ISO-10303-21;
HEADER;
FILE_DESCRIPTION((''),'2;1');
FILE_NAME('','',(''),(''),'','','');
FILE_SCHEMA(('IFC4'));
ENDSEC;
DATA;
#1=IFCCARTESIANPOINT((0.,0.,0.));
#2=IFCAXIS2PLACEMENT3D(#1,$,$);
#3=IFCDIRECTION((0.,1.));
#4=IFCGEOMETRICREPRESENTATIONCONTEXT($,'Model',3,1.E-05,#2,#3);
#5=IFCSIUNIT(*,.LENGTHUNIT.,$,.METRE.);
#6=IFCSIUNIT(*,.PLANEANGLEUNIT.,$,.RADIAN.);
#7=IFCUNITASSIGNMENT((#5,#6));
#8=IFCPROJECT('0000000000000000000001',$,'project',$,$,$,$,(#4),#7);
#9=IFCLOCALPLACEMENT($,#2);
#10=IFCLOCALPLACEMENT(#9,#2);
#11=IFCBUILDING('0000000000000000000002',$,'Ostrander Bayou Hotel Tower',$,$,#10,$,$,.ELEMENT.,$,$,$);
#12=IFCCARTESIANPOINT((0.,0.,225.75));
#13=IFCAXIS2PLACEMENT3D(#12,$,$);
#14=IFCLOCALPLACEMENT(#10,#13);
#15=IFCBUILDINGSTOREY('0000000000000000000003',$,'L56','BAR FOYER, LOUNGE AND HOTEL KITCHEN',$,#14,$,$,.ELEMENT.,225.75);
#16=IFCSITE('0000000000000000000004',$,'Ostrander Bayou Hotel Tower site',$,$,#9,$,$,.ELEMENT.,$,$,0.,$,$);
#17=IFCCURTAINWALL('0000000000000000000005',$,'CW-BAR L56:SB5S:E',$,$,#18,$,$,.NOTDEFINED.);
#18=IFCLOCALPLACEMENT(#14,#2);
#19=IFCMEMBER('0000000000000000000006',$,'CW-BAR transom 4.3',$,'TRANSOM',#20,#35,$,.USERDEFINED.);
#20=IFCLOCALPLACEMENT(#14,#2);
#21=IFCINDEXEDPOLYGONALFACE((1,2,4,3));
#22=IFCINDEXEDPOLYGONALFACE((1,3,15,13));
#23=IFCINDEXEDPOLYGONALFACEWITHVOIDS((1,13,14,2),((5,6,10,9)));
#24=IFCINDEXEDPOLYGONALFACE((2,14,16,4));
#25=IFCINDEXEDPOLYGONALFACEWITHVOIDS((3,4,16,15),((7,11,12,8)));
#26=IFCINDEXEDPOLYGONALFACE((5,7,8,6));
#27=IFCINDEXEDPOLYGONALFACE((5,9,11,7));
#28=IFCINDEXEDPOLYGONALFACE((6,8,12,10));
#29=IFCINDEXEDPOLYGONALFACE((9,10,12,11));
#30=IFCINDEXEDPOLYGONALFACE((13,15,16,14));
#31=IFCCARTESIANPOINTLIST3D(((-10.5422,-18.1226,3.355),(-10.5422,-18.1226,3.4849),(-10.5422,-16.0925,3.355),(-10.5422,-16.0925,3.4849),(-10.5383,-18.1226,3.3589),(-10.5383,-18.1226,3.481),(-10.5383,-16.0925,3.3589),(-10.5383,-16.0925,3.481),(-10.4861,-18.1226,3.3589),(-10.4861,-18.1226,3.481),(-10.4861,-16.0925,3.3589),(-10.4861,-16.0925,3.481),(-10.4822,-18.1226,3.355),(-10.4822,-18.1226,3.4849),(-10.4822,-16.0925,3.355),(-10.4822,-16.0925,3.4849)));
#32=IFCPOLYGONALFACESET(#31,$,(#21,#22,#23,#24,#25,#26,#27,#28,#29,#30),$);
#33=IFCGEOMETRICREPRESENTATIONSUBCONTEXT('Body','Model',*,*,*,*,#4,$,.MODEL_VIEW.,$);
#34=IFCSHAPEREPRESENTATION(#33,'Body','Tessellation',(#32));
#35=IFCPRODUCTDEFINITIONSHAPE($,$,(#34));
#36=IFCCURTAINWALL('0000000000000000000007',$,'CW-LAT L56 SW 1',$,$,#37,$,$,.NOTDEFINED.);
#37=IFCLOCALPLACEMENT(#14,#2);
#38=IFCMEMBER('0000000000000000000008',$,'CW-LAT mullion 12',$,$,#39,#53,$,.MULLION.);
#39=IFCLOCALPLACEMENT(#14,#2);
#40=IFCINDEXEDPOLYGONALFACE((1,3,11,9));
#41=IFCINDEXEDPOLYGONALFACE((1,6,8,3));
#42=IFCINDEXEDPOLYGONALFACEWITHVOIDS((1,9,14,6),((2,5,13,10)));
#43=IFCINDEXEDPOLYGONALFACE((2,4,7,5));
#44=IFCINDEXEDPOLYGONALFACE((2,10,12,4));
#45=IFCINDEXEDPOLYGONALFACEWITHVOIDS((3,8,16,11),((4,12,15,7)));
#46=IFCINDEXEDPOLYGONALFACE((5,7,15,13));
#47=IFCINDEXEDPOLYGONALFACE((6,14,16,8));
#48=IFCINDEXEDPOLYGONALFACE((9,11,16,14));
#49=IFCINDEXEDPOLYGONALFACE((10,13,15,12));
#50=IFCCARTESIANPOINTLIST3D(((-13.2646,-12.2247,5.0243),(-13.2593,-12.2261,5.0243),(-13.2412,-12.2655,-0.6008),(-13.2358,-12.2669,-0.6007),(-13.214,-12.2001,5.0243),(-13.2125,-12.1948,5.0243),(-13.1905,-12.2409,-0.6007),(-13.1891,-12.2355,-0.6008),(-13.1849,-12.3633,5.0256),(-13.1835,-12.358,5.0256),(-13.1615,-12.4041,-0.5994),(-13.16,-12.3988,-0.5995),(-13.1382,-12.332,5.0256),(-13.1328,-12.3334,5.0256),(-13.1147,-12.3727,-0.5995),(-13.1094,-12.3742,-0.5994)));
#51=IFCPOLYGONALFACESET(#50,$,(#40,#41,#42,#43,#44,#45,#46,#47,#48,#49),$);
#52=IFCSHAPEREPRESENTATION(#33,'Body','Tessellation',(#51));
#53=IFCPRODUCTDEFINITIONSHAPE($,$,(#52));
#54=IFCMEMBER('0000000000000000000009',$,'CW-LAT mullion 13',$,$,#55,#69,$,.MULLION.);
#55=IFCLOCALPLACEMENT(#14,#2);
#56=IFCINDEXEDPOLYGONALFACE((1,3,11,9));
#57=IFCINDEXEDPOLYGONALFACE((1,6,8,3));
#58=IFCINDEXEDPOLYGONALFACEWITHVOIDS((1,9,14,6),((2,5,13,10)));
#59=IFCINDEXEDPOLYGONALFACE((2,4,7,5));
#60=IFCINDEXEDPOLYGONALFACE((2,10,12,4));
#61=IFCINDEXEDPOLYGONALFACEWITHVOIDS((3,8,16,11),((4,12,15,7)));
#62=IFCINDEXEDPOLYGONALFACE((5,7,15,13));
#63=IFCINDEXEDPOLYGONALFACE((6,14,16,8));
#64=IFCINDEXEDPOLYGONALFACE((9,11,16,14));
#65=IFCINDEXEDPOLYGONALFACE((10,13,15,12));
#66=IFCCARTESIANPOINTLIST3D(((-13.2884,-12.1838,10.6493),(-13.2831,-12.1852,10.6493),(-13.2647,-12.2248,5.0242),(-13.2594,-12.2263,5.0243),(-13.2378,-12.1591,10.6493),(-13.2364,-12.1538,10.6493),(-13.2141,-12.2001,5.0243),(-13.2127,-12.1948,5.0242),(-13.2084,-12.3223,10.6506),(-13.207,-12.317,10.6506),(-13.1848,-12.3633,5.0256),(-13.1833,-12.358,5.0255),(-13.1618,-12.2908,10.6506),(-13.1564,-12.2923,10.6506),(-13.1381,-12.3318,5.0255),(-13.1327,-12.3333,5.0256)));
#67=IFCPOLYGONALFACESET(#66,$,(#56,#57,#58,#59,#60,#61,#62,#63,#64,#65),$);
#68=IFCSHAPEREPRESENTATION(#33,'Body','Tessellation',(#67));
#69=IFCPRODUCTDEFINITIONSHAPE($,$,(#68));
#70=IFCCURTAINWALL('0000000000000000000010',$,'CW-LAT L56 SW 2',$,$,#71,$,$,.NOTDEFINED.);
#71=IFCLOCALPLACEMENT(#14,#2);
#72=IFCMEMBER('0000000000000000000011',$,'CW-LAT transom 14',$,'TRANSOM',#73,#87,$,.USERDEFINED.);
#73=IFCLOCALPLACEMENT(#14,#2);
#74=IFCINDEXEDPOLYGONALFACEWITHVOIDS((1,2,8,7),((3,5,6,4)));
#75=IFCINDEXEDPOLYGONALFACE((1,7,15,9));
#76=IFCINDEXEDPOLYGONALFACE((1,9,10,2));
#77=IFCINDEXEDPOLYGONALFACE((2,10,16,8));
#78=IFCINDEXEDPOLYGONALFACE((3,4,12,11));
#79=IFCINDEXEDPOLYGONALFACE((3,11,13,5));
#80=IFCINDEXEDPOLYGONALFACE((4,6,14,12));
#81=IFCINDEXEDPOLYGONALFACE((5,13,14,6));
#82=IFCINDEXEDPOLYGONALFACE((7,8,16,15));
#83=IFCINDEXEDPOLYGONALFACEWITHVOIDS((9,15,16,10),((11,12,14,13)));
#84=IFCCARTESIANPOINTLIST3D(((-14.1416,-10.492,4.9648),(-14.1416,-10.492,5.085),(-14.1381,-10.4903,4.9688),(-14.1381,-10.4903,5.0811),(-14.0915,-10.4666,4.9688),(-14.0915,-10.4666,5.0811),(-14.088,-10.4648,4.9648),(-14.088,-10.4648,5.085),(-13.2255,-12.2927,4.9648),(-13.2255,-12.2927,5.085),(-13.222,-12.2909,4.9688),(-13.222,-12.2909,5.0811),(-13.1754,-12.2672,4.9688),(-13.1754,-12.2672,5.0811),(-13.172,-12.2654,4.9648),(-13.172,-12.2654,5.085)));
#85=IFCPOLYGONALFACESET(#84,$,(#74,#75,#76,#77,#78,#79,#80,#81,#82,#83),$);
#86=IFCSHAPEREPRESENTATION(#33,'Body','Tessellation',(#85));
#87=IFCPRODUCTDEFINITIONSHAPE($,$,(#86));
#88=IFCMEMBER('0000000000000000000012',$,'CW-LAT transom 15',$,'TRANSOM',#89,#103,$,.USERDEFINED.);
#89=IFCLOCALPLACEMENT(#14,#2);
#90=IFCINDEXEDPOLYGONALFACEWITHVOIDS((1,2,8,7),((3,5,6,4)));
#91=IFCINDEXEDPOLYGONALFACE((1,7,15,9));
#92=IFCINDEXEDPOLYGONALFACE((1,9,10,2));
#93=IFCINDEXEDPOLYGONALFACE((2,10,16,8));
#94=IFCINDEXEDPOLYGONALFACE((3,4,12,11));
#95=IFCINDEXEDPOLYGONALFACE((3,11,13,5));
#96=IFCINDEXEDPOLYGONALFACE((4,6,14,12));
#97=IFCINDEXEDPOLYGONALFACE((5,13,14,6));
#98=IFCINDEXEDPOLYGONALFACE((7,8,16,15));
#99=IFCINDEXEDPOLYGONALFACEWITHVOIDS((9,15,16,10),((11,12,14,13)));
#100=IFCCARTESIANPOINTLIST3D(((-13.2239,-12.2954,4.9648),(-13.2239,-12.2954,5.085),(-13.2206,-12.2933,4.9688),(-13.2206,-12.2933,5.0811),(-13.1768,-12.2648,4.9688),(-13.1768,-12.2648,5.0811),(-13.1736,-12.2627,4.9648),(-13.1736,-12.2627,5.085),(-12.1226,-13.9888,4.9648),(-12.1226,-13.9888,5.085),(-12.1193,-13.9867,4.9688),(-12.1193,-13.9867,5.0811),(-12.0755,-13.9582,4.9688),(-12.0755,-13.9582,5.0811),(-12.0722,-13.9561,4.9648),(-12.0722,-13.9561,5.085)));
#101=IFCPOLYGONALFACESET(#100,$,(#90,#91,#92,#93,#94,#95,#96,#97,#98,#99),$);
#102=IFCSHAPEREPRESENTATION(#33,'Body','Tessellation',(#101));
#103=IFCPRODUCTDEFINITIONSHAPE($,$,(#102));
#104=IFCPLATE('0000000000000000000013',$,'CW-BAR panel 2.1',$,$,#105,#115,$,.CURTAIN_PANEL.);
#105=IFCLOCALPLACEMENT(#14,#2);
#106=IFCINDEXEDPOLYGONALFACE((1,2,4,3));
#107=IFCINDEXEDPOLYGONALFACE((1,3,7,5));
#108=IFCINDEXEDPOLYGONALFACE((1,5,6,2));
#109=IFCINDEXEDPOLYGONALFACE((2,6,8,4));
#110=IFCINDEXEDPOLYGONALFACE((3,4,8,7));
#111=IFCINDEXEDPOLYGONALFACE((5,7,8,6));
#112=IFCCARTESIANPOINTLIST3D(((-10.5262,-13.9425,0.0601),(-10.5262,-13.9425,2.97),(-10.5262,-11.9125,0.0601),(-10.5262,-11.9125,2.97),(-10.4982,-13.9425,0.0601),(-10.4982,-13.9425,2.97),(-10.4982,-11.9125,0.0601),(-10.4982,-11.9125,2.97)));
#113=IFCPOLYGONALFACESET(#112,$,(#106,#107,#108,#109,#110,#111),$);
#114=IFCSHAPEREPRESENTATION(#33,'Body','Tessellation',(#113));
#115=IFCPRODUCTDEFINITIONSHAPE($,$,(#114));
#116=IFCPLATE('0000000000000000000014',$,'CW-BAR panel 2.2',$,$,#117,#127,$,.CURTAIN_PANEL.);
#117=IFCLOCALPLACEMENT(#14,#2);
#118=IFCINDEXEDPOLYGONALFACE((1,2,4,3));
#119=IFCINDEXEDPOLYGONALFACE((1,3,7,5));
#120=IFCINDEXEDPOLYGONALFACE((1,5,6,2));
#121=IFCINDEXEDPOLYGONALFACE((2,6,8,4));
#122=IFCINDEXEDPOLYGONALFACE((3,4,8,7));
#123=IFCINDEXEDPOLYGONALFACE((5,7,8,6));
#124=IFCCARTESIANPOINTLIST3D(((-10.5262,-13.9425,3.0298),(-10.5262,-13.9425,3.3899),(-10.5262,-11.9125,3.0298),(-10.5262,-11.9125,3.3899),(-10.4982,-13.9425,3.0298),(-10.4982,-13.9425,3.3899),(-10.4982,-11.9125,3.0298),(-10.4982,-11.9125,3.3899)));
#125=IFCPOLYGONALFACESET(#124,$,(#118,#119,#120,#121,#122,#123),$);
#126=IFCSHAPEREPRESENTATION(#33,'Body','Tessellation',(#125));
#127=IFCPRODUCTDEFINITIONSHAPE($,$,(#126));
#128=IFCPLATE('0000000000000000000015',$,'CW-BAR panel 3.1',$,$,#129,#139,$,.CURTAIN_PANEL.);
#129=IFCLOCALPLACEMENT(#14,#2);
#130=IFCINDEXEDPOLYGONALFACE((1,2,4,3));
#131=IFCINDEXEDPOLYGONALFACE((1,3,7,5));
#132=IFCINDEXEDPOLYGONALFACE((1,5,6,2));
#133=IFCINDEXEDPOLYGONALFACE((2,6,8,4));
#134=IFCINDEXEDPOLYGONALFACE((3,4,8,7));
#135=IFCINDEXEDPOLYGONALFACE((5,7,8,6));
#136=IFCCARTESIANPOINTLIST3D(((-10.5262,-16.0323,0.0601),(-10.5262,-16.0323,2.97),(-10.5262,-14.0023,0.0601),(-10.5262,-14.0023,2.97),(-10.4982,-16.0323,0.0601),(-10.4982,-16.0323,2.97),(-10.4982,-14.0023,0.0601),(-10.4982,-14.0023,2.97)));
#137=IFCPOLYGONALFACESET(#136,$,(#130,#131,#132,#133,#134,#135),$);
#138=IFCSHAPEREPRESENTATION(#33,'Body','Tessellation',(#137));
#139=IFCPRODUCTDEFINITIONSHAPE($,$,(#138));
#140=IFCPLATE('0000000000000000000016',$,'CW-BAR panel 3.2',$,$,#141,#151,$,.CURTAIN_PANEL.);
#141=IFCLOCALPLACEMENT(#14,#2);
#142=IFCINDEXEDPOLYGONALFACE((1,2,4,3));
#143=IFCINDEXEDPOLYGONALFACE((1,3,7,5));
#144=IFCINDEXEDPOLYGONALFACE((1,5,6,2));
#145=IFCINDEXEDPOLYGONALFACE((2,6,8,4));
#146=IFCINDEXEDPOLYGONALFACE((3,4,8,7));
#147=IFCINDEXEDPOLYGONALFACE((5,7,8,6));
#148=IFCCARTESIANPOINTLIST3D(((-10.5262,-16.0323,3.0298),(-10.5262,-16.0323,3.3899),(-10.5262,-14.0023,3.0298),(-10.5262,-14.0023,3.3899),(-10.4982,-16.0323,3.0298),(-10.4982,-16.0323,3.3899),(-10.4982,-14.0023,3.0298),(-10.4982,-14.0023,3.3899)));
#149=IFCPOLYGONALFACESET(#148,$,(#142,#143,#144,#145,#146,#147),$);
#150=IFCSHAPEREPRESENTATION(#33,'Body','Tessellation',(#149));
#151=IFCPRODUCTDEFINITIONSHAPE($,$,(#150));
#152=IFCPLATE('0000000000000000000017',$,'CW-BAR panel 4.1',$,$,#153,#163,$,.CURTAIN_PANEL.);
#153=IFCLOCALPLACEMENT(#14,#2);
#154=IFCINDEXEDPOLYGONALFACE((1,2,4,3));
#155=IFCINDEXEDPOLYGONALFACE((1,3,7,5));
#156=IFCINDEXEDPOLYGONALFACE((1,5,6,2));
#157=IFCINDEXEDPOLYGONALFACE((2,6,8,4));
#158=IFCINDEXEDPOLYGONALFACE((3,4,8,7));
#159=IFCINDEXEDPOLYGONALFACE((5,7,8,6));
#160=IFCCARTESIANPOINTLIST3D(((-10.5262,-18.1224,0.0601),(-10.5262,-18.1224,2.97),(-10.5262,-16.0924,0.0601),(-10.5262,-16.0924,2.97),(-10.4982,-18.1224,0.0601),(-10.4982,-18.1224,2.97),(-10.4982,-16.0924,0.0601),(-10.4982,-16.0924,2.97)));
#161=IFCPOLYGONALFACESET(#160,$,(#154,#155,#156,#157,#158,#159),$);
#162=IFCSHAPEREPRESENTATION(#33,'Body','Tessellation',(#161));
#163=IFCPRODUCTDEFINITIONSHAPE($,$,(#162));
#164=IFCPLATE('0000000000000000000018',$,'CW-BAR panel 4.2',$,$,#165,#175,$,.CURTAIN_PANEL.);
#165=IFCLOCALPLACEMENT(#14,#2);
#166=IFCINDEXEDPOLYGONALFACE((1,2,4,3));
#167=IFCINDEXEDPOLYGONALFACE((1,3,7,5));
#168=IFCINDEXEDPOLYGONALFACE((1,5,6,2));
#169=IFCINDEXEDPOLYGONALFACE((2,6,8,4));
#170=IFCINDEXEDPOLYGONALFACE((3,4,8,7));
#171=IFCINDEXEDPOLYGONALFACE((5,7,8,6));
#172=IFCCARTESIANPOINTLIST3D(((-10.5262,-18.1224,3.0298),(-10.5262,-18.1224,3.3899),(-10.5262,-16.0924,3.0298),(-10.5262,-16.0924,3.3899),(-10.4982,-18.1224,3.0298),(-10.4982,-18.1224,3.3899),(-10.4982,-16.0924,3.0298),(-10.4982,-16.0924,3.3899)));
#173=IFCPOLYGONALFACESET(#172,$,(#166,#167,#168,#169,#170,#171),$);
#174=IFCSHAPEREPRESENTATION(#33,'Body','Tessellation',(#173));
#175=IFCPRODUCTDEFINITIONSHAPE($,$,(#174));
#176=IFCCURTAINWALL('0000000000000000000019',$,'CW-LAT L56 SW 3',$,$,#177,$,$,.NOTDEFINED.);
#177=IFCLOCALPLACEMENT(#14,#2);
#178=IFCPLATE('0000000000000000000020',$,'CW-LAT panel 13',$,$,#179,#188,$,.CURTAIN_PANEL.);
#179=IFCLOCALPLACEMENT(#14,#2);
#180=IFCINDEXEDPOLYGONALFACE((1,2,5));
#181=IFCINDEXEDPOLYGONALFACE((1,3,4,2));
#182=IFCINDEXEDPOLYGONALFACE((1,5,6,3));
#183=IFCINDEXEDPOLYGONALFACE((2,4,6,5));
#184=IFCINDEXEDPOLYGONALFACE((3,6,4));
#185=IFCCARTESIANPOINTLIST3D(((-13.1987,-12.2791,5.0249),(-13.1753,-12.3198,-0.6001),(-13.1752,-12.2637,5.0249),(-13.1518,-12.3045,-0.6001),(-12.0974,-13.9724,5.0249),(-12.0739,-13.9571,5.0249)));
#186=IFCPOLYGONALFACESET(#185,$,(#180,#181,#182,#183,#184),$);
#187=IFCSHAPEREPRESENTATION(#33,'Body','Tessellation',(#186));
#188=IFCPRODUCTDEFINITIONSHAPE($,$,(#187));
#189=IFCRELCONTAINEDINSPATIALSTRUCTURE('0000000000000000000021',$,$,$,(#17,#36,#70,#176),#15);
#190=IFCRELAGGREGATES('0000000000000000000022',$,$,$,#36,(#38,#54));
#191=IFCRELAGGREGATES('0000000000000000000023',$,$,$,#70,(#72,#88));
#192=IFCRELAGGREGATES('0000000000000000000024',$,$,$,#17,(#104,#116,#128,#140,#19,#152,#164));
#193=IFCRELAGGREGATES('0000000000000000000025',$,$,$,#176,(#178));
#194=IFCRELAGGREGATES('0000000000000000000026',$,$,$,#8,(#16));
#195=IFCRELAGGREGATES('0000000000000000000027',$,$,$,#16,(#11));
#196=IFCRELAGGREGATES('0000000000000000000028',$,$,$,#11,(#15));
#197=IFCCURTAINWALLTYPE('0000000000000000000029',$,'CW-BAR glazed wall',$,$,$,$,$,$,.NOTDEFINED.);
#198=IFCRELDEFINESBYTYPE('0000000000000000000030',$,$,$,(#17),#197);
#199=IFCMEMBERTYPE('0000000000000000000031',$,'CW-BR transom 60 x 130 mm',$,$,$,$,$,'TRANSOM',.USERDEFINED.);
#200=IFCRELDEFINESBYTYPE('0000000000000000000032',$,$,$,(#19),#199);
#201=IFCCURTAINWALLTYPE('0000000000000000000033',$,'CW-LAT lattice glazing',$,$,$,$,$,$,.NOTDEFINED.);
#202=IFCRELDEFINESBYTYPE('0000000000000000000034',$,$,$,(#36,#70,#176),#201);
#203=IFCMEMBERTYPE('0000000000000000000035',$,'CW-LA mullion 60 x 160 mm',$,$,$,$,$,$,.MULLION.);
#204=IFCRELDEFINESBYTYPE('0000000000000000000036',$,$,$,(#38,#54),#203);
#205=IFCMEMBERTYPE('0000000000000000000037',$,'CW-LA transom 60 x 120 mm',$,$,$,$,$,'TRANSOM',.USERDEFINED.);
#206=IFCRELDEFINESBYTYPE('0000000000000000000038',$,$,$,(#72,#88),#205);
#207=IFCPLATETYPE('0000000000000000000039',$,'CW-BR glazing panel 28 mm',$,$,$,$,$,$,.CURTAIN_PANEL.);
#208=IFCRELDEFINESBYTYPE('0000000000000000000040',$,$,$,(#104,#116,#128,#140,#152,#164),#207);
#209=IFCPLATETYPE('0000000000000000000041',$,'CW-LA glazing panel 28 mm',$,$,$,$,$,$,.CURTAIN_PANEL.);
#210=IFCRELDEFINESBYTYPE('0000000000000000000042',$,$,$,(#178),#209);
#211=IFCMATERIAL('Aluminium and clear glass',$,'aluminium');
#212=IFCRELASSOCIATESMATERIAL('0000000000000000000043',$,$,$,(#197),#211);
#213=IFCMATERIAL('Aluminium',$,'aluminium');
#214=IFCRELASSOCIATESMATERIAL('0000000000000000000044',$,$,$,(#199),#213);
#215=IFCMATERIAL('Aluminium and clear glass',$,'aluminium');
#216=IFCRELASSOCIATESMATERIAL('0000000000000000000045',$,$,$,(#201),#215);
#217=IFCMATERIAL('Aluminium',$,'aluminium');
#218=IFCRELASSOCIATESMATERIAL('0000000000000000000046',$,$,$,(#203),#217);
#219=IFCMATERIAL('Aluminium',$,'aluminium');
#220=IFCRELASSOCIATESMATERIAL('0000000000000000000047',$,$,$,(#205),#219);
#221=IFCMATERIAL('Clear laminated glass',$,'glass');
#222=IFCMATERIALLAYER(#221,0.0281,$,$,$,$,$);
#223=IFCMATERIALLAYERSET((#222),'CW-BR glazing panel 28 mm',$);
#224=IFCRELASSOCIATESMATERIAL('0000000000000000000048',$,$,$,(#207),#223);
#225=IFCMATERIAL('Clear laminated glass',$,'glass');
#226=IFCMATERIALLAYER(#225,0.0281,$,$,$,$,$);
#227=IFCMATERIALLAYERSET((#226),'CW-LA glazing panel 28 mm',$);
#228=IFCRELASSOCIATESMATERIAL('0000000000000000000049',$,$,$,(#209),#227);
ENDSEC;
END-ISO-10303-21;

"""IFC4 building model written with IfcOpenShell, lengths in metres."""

from ifc_helpers import new_model, si_unit, direction, frame, origin, origin_2d, place, context, subcontext, project, spatial, polyline, rectangle, hollow_rectangle, outline, extrude, material, layer, layer_set, material_profile, profile_set, type_object, element, aggregate, save


model = new_model("IFC4")

# Units and contexts
model_context = context("Model", 3, precision=1e-05, world=origin(), true_north=direction((0.0, 1.0)))
body_context = subcontext(model_context, "Body", "Model", "MODEL_VIEW")
ifc_project = project(units=[si_unit("LENGTHUNIT", "METRE"), si_unit("PLANEANGLEUNIT", "RADIAN")], contexts=[model_context])

# Site, building, storey
site_placement = place(None, origin())
site = spatial("IfcSite", under=ifc_project, at=site_placement, Name="Ostrander Bayou Hotel Tower site", CompositionType="ELEMENT", RefElevation=0.0)
building_placement = place(site_placement, origin())
building = spatial("IfcBuilding", under=site, at=building_placement, Name="Ostrander Bayou Hotel Tower", CompositionType="ELEMENT")
storey_placement = place(building_placement, frame((0.0, 0.0, 225.75)))
storey = spatial("IfcBuildingStorey", under=building, at=storey_placement, Name="L56", Description="BAR FOYER, LOUNGE AND HOTEL KITCHEN", CompositionType="ELEMENT", Elevation=225.75)

# Curtain walls, members
ifc_material_1 = material(Name="Aluminium and clear glass", Category="aluminium")
curtain_wall_type_1 = type_object("IfcCurtainWallType", Name="CW-BAR glazed wall", PredefinedType="NOTDEFINED", material=ifc_material_1)
curtain_wall_1_placement = place(storey_placement, origin())
curtain_wall_1 = element("IfcCurtainWall", 1, at=curtain_wall_1_placement, inside=storey, type_object=curtain_wall_type_1, Name="CW-BAR L56:SB5S:E", PredefinedType="NOTDEFINED")
ifc_material_2 = material(Name="Aluminium", Category="aluminium")
ifc_material_profile_1 = material_profile(ifc_material_2, hollow_rectangle(XDim=0.0601, YDim=0.1299, WallThickness=0.0039, at=origin_2d()))
ifc_profile_set_1 = profile_set([ifc_material_profile_1], Name="Aluminium")
member_type_1 = type_object("IfcMemberType", Name="CW-BR transom 60 x 130 mm", ElementType="TRANSOM", PredefinedType="USERDEFINED", material=ifc_profile_set_1)
member_1_placement = place(storey_placement, frame((-10.5122, -16.0925, 3.4199), z_axis=(0.0, -1.0, 0.0), x_axis=(1.0, 0.0, 0.0)))
member_1 = element("IfcMember", 2, at=member_1_placement, type_object=member_type_1, Name="CW-BAR transom 4.3", ObjectType="TRANSOM", PredefinedType="USERDEFINED", context=body_context, shape_type="SweptSolid", body=[
    extrude(hollow_rectangle(XDim=0.0601, YDim=0.1299, WallThickness=0.0039, at=origin_2d()), origin(), (0.0, 0.0, 1.0), 2.03),
])
ifc_material_3 = material(Name="Aluminium and clear glass", Category="aluminium")
curtain_wall_type_2 = type_object("IfcCurtainWallType", Name="CW-LAT lattice glazing", PredefinedType="NOTDEFINED", material=ifc_material_3)
curtain_wall_2_placement = place(storey_placement, origin())
curtain_wall_2 = element("IfcCurtainWall", 3, at=curtain_wall_2_placement, inside=storey, type_object=curtain_wall_type_2, Name="CW-LAT L56 SW 1", PredefinedType="NOTDEFINED")
ifc_material_4 = material(Name="Aluminium", Category="aluminium")
ifc_material_profile_2 = material_profile(ifc_material_4, hollow_rectangle(XDim=0.0601, YDim=0.1599, WallThickness=0.0039, at=origin_2d()))
ifc_profile_set_2 = profile_set([ifc_material_profile_2], Name="Aluminium")
member_type_2 = type_object("IfcMemberType", Name="CW-LA mullion 60 x 160 mm", PredefinedType="MULLION", material=ifc_profile_set_2)
member_2_placement = place(storey_placement, frame((-13.1753, -12.3198, -0.6001), z_axis=(-0.004167, 0.007248, 0.999965), x_axis=(-0.866962, -0.498374, 0.0)))
member_2 = element("IfcMember", 4, at=member_2_placement, type_object=member_type_2, Name="CW-LAT mullion 12", PredefinedType="MULLION", context=body_context, shape_type="SweptSolid", body=[
    extrude(hollow_rectangle(XDim=0.0601, YDim=0.1599, WallThickness=0.0039, at=origin_2d()), origin(), (0.0, 0.0, 1.0), 5.6252),
])
member_3_placement = place(storey_placement, frame((-13.1987, -12.2791, 5.0249), z_axis=(-0.00421, 0.007291, 0.999965), x_axis=(-0.866014, -0.50002, 0.0)))
member_3 = element("IfcMember", 5, at=member_3_placement, type_object=member_type_2, Name="CW-LAT mullion 13", PredefinedType="MULLION", context=body_context, shape_type="SweptSolid", body=[
    extrude(hollow_rectangle(XDim=0.0601, YDim=0.1599, WallThickness=0.0039, at=origin_2d()), origin(), (0.0, 0.0, 1.0), 5.6252),
])
aggregate(curtain_wall_2, [member_2, member_3])
curtain_wall_3_placement = place(storey_placement, origin())
curtain_wall_3 = element("IfcCurtainWall", 6, at=curtain_wall_3_placement, inside=storey, type_object=curtain_wall_type_2, Name="CW-LAT L56 SW 2", PredefinedType="NOTDEFINED")
ifc_material_5 = material(Name="Aluminium", Category="aluminium")
ifc_material_profile_3 = material_profile(ifc_material_5, hollow_rectangle(XDim=0.0601, YDim=0.1201, WallThickness=0.0039, at=origin_2d()))
ifc_profile_set_3 = profile_set([ifc_material_profile_3], Name="Aluminium")
member_type_3 = type_object("IfcMemberType", Name="CW-LA transom 60 x 120 mm", ElementType="TRANSOM", PredefinedType="USERDEFINED", material=ifc_profile_set_3)
member_4_placement = place(storey_placement, frame((-13.1987, -12.2791, 5.0249), z_axis=(-0.453439, 0.891287, 0.0), x_axis=(-0.891287, -0.453439, 0.0)))
member_4 = element("IfcMember", 7, at=member_4_placement, type_object=member_type_3, Name="CW-LAT transom 14", ObjectType="TRANSOM", PredefinedType="USERDEFINED", context=body_context, shape_type="SweptSolid", body=[
    extrude(hollow_rectangle(XDim=0.0601, YDim=0.1201, WallThickness=0.0039, at=origin_2d()), origin(), (0.0, 0.0, 1.0), 2.0203),
])
member_5_placement = place(storey_placement, frame((-13.1987, -12.2791, 5.0249), z_axis=(0.545209, -0.8383, 0.0), x_axis=(0.8383, 0.545209, 0.0)))
member_5 = element("IfcMember", 8, at=member_5_placement, type_object=member_type_3, Name="CW-LAT transom 15", ObjectType="TRANSOM", PredefinedType="USERDEFINED", context=body_context, shape_type="SweptSolid", body=[
    extrude(hollow_rectangle(XDim=0.0601, YDim=0.1201, WallThickness=0.0039, at=origin_2d()), origin(), (0.0, 0.0, 1.0), 2.02),
])
aggregate(curtain_wall_3, [member_4, member_5])

# Plates
ifc_material_6 = material(Name="Clear laminated glass", Category="glass")
ifc_layer_1 = layer(ifc_material_6, 0.0281)
ifc_layer_set_1 = layer_set([ifc_layer_1], Name="CW-BR glazing panel 28 mm")
plate_type_1 = type_object("IfcPlateType", Name="CW-BR glazing panel 28 mm", PredefinedType="CURTAIN_PANEL", material=ifc_layer_set_1)
plate_1_placement = place(storey_placement, frame((-10.5122, -12.9275, 0.0601), z_axis=(0.0, 0.0, 1.0), x_axis=(0.0, -1.0, 0.0)))
plate_1 = element("IfcPlate", 9, at=plate_1_placement, type_object=plate_type_1, Name="CW-BAR panel 2.1", PredefinedType="CURTAIN_PANEL", context=body_context, shape_type="SweptSolid", body=[
    extrude(rectangle(XDim=2.03, YDim=0.0281, at=origin_2d()), origin(), (0.0, 0.0, 1.0), 2.9099),
])
plate_2_placement = place(storey_placement, frame((-10.5122, -12.9275, 3.0298), z_axis=(0.0, 0.0, 1.0), x_axis=(0.0, -1.0, 0.0)))
plate_2 = element("IfcPlate", 10, at=plate_2_placement, type_object=plate_type_1, Name="CW-BAR panel 2.2", PredefinedType="CURTAIN_PANEL", context=body_context, shape_type="SweptSolid", body=[
    extrude(rectangle(XDim=2.03, YDim=0.0281, at=origin_2d()), origin(), (0.0, 0.0, 1.0), 0.3601),
])
plate_3_placement = place(storey_placement, frame((-10.5122, -15.0173, 0.0601), z_axis=(0.0, 0.0, 1.0), x_axis=(0.0, -1.0, 0.0)))
plate_3 = element("IfcPlate", 11, at=plate_3_placement, type_object=plate_type_1, Name="CW-BAR panel 3.1", PredefinedType="CURTAIN_PANEL", context=body_context, shape_type="SweptSolid", body=[
    extrude(rectangle(XDim=2.03, YDim=0.0281, at=origin_2d()), origin(), (0.0, 0.0, 1.0), 2.9099),
])
plate_4_placement = place(storey_placement, frame((-10.5122, -15.0173, 3.0298), z_axis=(0.0, 0.0, 1.0), x_axis=(0.0, -1.0, 0.0)))
plate_4 = element("IfcPlate", 12, at=plate_4_placement, type_object=plate_type_1, Name="CW-BAR panel 3.2", PredefinedType="CURTAIN_PANEL", context=body_context, shape_type="SweptSolid", body=[
    extrude(rectangle(XDim=2.03, YDim=0.0281, at=origin_2d()), origin(), (0.0, 0.0, 1.0), 0.3601),
])
plate_5_placement = place(storey_placement, frame((-10.5122, -17.1074, 0.0601), z_axis=(0.0, 0.0, 1.0), x_axis=(0.0, -1.0, 0.0)))
plate_5 = element("IfcPlate", 13, at=plate_5_placement, type_object=plate_type_1, Name="CW-BAR panel 4.1", PredefinedType="CURTAIN_PANEL", context=body_context, shape_type="SweptSolid", body=[
    extrude(rectangle(XDim=2.03, YDim=0.0281, at=origin_2d()), origin(), (0.0, 0.0, 1.0), 2.9099),
])
plate_6_placement = place(storey_placement, frame((-10.5122, -17.1074, 3.0298), z_axis=(0.0, 0.0, 1.0), x_axis=(0.0, -1.0, 0.0)))
plate_6 = element("IfcPlate", 14, at=plate_6_placement, type_object=plate_type_1, Name="CW-BAR panel 4.2", PredefinedType="CURTAIN_PANEL", context=body_context, shape_type="SweptSolid", body=[
    extrude(rectangle(XDim=2.03, YDim=0.0281, at=origin_2d()), origin(), (0.0, 0.0, 1.0), 0.3601),
])
aggregate(curtain_wall_1, [plate_1, plate_2, plate_3, plate_4, member_1, plate_5, plate_6])

# Curtain wall, plate
curtain_wall_4_placement = place(storey_placement, origin())
curtain_wall_4 = element("IfcCurtainWall", 15, at=curtain_wall_4_placement, inside=storey, type_object=curtain_wall_type_2, Name="CW-LAT L56 SW 3", PredefinedType="NOTDEFINED")
ifc_material_7 = material(Name="Clear laminated glass", Category="glass")
ifc_layer_2 = layer(ifc_material_7, 0.0281)
ifc_layer_set_2 = layer_set([ifc_layer_2], Name="CW-LA glazing panel 28 mm")
plate_type_2 = type_object("IfcPlateType", Name="CW-LA glazing panel 28 mm", PredefinedType="CURTAIN_PANEL", material=ifc_layer_set_2)
plate_7_placement = place(storey_placement, frame((-12.0974, -13.9724, 5.0249), z_axis=(-0.8383, -0.545209, 0.000459), x_axis=(-0.180822, 0.277233, -0.943634)))
plate_7 = element("IfcPlate", 16, at=plate_7_placement, type_object=plate_type_2, Name="CW-LAT panel 13", PredefinedType="CURTAIN_PANEL", context=body_context, shape_type="SweptSolid", body=[
    extrude(outline(polyline([(0.0, 0.0), (5.961, 0.0), (0.6686, -1.9061), (0.0, 0.0)])), origin(), (0.0, 0.0, -1.0), 0.0281),
])
aggregate(curtain_wall_4, [plate_7])

save(model, "model.ifc")
